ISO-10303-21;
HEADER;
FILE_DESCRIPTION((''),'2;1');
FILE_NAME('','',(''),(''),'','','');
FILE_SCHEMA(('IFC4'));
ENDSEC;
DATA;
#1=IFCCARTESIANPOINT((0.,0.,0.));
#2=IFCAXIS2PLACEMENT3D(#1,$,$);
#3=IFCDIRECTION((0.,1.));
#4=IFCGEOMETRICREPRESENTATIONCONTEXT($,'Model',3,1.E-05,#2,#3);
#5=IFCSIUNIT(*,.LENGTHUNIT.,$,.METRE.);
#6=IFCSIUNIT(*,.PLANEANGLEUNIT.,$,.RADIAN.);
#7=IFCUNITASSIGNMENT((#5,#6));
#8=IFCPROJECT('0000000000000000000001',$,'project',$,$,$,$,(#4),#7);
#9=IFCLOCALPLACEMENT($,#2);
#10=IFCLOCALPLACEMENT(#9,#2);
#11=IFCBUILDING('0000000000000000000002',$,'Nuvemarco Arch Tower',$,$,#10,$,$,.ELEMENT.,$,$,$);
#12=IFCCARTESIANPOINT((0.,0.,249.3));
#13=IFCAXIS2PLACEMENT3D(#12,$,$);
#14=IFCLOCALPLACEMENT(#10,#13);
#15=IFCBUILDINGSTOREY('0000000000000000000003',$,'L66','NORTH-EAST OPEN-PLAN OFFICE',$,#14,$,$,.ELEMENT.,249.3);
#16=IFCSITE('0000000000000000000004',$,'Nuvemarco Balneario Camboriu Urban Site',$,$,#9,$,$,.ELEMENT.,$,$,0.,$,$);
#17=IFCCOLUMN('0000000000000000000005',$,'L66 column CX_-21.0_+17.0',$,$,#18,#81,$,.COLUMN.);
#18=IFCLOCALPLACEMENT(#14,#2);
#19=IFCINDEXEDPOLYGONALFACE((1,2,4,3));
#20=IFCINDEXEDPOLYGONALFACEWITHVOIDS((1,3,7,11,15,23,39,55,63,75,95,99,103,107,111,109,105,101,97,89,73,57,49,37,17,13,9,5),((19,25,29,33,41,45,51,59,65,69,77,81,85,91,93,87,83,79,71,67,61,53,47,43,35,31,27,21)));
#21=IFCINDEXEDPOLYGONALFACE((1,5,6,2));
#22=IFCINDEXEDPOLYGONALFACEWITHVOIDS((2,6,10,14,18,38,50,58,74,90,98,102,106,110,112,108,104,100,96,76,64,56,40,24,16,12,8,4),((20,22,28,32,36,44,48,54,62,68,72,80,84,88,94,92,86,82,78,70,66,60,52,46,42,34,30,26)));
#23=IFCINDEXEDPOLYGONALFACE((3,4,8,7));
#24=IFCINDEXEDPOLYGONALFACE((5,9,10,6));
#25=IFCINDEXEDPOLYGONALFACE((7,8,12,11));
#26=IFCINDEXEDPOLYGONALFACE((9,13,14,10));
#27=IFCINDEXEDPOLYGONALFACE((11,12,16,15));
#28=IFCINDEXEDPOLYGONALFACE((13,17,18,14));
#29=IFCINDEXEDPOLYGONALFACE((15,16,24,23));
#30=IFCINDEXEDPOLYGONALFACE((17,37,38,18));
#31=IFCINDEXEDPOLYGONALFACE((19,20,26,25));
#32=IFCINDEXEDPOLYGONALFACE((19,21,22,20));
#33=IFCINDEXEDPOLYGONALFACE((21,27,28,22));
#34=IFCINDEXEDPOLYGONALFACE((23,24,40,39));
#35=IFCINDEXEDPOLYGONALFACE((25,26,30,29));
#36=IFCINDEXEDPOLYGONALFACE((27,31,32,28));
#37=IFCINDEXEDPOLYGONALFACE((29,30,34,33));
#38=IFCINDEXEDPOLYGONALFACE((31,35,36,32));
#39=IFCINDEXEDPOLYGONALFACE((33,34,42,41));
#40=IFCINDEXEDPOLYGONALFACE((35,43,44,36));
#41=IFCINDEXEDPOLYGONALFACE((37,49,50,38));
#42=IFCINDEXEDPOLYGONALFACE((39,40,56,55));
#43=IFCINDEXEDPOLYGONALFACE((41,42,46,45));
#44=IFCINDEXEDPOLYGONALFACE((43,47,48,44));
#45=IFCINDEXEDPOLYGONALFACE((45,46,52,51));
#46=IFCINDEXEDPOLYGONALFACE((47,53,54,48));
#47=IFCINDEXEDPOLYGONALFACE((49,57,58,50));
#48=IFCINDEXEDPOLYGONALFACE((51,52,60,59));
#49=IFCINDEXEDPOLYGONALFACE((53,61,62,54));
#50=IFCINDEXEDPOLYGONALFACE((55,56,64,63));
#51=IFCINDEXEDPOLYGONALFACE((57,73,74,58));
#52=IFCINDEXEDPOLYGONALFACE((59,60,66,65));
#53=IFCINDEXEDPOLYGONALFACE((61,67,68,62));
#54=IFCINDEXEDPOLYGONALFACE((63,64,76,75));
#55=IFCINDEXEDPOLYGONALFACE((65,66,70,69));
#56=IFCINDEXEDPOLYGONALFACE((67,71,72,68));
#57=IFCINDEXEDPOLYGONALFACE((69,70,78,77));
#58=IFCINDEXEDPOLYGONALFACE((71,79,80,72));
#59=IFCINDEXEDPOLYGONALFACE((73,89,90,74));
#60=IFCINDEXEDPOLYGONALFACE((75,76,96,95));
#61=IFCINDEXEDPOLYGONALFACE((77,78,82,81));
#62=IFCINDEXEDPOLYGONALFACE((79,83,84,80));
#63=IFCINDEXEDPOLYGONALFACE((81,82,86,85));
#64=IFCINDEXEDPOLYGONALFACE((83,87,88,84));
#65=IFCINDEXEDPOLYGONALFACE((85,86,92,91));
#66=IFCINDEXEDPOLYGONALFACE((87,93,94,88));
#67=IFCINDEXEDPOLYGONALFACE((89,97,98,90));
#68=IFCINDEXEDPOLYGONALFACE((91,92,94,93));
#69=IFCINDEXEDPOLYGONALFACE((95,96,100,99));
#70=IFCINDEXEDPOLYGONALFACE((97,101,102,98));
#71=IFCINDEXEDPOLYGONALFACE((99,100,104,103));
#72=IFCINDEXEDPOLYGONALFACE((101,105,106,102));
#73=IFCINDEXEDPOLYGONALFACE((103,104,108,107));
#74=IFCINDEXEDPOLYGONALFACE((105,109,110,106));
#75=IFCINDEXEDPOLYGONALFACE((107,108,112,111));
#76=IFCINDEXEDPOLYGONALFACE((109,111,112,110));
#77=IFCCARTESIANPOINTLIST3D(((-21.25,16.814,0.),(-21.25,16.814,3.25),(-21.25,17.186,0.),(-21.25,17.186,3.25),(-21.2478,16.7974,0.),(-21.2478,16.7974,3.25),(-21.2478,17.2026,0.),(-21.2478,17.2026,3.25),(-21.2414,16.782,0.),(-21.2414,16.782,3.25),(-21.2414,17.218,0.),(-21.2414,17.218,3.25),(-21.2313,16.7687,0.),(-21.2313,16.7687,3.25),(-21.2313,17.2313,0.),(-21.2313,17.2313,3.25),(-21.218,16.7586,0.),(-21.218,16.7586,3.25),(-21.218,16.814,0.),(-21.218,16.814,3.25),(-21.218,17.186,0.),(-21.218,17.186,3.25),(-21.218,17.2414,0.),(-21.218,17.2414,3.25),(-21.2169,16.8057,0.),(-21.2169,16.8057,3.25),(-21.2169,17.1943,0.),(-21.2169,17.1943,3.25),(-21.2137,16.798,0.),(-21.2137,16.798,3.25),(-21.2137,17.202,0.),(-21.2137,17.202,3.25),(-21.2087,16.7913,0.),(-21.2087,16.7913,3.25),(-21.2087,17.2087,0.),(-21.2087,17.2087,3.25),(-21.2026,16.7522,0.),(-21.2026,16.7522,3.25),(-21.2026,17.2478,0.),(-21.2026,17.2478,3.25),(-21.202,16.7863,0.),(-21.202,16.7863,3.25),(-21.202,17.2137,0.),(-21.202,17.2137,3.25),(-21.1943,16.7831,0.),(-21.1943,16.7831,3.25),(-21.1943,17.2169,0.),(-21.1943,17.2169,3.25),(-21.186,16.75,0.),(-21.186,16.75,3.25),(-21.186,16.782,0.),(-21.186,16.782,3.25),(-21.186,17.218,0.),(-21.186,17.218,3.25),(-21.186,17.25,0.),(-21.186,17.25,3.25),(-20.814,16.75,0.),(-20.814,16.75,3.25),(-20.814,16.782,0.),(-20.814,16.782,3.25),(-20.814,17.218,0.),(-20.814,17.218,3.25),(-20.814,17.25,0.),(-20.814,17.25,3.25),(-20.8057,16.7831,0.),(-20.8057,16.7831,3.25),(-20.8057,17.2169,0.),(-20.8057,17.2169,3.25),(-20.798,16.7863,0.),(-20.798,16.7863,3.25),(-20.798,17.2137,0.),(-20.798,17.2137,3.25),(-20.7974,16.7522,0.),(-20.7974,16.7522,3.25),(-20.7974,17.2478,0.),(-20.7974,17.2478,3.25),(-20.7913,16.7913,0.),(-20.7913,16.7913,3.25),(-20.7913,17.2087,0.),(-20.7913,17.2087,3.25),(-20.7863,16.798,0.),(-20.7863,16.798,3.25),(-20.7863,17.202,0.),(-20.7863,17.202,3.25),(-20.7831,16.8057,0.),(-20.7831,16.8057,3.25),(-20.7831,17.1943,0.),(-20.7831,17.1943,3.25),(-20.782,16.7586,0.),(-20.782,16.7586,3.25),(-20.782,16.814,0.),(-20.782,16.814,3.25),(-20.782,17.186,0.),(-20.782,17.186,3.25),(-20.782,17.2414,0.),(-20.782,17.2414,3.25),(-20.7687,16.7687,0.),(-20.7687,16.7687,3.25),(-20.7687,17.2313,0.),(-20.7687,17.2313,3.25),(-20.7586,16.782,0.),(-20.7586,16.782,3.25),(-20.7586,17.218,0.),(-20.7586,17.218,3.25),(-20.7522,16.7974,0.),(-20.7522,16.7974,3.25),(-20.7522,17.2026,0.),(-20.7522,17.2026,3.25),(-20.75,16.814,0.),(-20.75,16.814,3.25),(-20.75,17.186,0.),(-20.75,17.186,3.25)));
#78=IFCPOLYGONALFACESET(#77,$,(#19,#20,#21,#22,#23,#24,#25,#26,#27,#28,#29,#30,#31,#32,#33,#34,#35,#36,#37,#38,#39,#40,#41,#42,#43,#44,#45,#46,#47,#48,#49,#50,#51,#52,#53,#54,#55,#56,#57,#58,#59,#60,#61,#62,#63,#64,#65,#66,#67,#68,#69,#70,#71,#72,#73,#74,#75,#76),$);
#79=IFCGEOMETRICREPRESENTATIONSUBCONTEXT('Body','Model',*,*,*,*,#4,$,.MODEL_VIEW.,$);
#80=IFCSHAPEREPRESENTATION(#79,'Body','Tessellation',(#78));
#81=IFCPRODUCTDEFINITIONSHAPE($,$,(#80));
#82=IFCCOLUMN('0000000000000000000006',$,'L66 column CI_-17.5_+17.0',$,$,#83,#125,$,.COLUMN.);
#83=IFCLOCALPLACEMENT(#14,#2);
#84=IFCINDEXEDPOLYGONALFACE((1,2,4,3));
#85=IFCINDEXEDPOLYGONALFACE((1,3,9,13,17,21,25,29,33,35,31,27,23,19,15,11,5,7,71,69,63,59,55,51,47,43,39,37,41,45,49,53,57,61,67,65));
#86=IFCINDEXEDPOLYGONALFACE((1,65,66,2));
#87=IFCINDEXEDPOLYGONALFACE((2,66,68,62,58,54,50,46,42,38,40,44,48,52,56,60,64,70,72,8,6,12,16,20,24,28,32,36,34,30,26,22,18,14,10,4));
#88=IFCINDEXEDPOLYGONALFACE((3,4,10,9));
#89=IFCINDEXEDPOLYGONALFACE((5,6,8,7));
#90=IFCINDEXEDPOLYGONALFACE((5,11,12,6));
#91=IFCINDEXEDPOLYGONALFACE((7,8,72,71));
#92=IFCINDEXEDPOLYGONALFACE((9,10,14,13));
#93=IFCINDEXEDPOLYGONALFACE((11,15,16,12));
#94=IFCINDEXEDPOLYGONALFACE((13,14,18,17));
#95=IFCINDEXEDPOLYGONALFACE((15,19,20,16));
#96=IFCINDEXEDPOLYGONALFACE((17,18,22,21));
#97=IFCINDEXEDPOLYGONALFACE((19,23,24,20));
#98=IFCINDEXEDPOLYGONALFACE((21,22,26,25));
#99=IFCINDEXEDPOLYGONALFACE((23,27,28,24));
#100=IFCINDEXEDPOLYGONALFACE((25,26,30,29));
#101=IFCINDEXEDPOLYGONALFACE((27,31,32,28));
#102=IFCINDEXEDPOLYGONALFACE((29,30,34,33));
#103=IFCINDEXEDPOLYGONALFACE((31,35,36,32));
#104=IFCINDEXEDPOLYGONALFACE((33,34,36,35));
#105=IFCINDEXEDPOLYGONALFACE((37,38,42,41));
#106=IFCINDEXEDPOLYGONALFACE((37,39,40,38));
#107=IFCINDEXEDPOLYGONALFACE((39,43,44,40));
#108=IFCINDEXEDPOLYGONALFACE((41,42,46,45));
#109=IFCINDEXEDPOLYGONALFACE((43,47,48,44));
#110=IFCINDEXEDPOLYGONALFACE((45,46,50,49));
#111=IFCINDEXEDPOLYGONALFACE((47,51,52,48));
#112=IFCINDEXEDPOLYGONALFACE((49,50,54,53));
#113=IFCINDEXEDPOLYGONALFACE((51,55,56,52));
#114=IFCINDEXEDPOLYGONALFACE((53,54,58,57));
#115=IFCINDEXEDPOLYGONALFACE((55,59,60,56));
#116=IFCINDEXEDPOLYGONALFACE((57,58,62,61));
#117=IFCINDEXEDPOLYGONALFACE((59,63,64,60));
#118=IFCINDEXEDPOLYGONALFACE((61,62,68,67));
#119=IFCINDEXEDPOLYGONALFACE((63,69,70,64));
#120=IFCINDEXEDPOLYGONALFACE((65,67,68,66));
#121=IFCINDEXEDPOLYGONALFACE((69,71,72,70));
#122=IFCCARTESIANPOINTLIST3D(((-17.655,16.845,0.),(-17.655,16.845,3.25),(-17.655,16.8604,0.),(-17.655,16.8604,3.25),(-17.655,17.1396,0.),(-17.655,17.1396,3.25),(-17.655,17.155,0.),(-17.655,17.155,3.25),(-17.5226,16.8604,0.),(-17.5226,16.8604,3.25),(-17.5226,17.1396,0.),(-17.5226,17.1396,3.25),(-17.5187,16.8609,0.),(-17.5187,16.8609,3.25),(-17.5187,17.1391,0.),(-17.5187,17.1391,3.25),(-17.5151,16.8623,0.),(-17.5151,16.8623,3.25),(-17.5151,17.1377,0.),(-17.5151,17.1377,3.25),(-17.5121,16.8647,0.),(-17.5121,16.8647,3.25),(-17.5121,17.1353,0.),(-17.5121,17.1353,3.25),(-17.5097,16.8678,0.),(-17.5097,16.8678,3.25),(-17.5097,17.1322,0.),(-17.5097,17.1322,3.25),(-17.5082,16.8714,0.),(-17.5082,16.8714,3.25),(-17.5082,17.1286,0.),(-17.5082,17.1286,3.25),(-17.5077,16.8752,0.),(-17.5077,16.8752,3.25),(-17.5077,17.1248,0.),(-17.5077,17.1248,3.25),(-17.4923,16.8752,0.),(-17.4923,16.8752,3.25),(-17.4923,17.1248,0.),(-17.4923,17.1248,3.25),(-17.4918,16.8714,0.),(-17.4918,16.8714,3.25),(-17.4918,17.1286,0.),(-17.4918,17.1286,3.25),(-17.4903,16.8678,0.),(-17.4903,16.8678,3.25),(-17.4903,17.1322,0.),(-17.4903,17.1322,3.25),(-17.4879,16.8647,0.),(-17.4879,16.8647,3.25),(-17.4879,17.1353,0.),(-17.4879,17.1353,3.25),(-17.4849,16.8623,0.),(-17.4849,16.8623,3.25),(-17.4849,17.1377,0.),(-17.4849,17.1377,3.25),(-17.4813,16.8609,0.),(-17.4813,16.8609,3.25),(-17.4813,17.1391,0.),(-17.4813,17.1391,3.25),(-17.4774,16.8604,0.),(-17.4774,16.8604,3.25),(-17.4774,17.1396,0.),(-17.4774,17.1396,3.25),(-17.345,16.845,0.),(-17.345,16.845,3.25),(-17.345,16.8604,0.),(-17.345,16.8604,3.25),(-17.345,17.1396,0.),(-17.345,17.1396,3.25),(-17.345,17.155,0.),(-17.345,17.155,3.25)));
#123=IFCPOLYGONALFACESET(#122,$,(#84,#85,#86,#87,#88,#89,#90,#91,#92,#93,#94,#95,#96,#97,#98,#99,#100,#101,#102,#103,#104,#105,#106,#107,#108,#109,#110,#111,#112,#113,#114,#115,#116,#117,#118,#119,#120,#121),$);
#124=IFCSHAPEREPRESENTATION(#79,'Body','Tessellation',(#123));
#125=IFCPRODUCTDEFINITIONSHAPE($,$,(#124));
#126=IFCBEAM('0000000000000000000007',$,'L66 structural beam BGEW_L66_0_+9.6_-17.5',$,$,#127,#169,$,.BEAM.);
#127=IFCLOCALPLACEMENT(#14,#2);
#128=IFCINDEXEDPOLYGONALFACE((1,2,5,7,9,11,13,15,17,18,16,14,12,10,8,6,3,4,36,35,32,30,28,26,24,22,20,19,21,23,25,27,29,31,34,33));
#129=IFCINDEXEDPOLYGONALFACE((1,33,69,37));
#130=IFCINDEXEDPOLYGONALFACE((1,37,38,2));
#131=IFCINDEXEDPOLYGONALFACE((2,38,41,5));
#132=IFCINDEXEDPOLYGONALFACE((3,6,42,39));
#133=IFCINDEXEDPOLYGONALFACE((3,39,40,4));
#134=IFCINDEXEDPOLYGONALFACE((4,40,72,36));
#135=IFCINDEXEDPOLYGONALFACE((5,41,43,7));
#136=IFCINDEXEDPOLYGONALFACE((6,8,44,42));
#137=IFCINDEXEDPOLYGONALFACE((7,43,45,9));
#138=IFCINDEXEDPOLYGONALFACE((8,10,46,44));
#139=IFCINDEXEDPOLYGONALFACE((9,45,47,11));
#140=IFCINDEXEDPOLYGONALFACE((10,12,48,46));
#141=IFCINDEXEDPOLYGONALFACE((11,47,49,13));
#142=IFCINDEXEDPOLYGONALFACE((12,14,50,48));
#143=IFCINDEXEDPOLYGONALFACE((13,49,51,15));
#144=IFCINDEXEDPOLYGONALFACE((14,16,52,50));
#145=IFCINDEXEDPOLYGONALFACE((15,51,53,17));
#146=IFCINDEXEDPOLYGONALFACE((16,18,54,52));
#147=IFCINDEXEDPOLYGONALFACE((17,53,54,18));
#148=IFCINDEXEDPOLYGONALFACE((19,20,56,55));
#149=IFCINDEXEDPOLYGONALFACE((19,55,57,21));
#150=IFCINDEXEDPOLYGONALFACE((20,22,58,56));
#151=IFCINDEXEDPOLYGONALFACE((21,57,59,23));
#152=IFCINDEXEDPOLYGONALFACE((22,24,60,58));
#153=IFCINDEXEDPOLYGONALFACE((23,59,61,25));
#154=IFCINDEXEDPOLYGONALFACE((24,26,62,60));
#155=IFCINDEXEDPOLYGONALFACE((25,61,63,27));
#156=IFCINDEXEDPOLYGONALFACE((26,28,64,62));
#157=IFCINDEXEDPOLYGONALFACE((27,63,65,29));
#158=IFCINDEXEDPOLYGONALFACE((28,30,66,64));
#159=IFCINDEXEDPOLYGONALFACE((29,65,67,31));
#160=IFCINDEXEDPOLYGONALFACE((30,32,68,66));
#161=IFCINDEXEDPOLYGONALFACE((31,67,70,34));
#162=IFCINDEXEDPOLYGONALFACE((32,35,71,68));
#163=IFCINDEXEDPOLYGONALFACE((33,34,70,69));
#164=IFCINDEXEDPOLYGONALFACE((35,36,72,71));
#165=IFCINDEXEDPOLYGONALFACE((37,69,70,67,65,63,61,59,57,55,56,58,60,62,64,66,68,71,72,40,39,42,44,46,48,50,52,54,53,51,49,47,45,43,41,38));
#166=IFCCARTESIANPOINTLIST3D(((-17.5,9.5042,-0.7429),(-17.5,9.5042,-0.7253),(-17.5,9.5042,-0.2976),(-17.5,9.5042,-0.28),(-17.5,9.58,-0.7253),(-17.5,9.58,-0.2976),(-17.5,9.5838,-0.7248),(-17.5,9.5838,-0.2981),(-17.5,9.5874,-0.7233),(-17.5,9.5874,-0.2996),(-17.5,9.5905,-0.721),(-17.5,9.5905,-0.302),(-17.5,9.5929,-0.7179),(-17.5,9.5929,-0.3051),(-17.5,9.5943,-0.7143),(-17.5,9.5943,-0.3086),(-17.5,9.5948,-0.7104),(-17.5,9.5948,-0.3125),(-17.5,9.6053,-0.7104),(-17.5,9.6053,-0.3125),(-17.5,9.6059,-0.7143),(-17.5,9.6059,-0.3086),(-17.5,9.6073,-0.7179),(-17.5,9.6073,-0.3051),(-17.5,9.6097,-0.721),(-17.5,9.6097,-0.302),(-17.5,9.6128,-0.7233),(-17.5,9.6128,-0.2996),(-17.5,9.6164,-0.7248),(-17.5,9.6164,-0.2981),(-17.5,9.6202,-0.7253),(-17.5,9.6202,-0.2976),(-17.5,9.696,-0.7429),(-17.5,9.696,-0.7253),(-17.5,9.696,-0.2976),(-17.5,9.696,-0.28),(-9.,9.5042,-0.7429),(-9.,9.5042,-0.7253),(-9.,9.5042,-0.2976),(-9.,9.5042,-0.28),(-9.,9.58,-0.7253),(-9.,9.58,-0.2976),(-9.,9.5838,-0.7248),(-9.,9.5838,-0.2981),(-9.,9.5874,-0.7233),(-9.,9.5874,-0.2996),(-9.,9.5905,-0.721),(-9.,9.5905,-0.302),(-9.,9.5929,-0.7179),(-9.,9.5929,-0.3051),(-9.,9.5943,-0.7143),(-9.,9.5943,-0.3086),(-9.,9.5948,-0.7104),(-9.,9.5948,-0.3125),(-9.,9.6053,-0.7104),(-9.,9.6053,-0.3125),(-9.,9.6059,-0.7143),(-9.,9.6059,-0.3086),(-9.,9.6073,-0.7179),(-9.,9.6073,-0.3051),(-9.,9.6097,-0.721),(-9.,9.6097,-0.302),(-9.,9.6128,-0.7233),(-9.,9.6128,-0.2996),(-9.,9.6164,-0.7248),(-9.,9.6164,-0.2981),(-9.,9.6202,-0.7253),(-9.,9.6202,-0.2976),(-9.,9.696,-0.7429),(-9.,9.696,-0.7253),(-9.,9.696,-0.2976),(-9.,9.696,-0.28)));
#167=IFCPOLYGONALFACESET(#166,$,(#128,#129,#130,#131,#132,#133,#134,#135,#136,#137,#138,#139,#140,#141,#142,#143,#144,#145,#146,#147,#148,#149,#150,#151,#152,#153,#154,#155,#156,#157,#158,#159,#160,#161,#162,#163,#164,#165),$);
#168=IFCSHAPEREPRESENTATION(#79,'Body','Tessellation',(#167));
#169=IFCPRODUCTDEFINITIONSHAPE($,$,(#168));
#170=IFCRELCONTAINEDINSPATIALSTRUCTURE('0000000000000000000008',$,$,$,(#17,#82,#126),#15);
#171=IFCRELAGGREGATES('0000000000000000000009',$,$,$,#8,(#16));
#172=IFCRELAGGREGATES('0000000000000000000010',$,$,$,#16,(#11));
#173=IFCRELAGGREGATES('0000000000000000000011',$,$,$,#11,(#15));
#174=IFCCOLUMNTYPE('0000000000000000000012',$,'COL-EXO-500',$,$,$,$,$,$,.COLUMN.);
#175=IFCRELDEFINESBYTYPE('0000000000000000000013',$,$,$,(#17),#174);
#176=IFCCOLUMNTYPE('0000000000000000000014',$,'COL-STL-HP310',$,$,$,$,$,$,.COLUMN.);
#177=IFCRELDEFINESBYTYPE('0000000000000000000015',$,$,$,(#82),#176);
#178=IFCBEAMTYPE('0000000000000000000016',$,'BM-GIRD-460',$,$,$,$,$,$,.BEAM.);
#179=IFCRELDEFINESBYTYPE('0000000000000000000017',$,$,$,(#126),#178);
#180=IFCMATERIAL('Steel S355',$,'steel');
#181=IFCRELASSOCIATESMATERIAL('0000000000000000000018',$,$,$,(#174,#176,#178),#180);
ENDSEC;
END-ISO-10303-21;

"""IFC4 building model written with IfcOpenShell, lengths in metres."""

from ifc_helpers import new_model, si_unit, direction, frame, origin, origin_2d, place, context, subcontext, project, spatial, hollow_rectangle, i_section, extrude, material, material_profile, profile_set, type_object, element, save


model = new_model("IFC4")

# Units and contexts
model_context = context("Model", 3, precision=1e-05, world=origin(), true_north=direction((0.0, 1.0)))
body_context = subcontext(model_context, "Body", "Model", "MODEL_VIEW")
ifc_project = project(units=[si_unit("LENGTHUNIT", "METRE"), si_unit("PLANEANGLEUNIT", "RADIAN")], contexts=[model_context])

# Site, building, storey
site_placement = place(None, origin())
site = spatial("IfcSite", under=ifc_project, at=site_placement, Name="Nuvemarco Balneario Camboriu Urban Site", CompositionType="ELEMENT", RefElevation=0.0)
building_placement = place(site_placement, origin())
building = spatial("IfcBuilding", under=site, at=building_placement, Name="Nuvemarco Arch Tower", CompositionType="ELEMENT")
storey_placement = place(building_placement, frame((0.0, 0.0, 249.3)))
storey = spatial("IfcBuildingStorey", under=building, at=storey_placement, Name="L66", Description="NORTH-EAST OPEN-PLAN OFFICE", CompositionType="ELEMENT", Elevation=249.3)

# Columns
ifc_material_1 = material(Name="Steel S355", Category="steel")
ifc_material_profile_1 = material_profile(ifc_material_1, hollow_rectangle(XDim=0.5, YDim=0.5, WallThickness=0.032, InnerFilletRadius=0.032, OuterFilletRadius=0.064, at=origin_2d()), Name="SHS500x500x32")
ifc_profile_set_1 = profile_set([ifc_material_profile_1], Name="Steel S355")
column_type_1 = type_object("IfcColumnType", Name="COL-EXO-500", PredefinedType="COLUMN", material=ifc_profile_set_1)
column_1_placement = place(storey_placement, frame((-21.0, 17.0, 0.0), z_axis=(0.0, 0.0, 1.0), x_axis=(1.0, 0.0, 0.0)))
element("IfcColumn", 1, at=column_1_placement, inside=storey, type_object=column_type_1, Name="L66 column CX_-21.0_+17.0", PredefinedType="COLUMN", context=body_context, shape_type="SweptSolid", body=[
    extrude(hollow_rectangle(XDim=0.5, YDim=0.5, WallThickness=0.032, InnerFilletRadius=0.032, OuterFilletRadius=0.064, at=origin_2d()), origin(), (0.0, 0.0, 1.0), 3.25),
])
ifc_material_profile_2 = material_profile(ifc_material_1, i_section(OverallWidth=0.3101, OverallDepth=0.3101, WebThickness=0.0154, FlangeThickness=0.0154, FilletRadius=0.0149, at=origin_2d()), Name="HP310x110")
ifc_profile_set_2 = profile_set([ifc_material_profile_2], Name="Steel S355")
column_type_2 = type_object("IfcColumnType", Name="COL-STL-HP310", PredefinedType="COLUMN", material=ifc_profile_set_2)
column_2_placement = place(storey_placement, frame((-17.5, 17.0, 0.0), z_axis=(0.0, 0.0, 1.0), x_axis=(1.0, 0.0, 0.0)))
element("IfcColumn", 2, at=column_2_placement, inside=storey, type_object=column_type_2, Name="L66 column CI_-17.5_+17.0", PredefinedType="COLUMN", context=body_context, shape_type="SweptSolid", body=[
    extrude(i_section(OverallWidth=0.3101, OverallDepth=0.3101, WebThickness=0.0154, FlangeThickness=0.0154, FilletRadius=0.0149, at=origin_2d()), origin(), (0.0, 0.0, 1.0), 3.25),
])

# Beam
ifc_material_profile_3 = material_profile(ifc_material_1, i_section(OverallWidth=0.1919, OverallDepth=0.4629, WebThickness=0.0105, FlangeThickness=0.0176, FilletRadius=0.0149, at=origin_2d()), Name="W460x89")
ifc_profile_set_3 = profile_set([ifc_material_profile_3], Name="Steel S355")
beam_type_1 = type_object("IfcBeamType", Name="BM-GIRD-460", PredefinedType="BEAM", material=ifc_profile_set_3)
beam_1_placement = place(storey_placement, frame((-17.5, 9.6001, -0.5115), z_axis=(1.0, 0.0, 0.0), x_axis=(0.0, 1.0, 0.0)))
element("IfcBeam", 3, at=beam_1_placement, inside=storey, type_object=beam_type_1, Name="L66 structural beam BGEW_L66_0_+9.6_-17.5", PredefinedType="BEAM", context=body_context, shape_type="SweptSolid", body=[
    extrude(i_section(OverallWidth=0.1919, OverallDepth=0.4629, WebThickness=0.0105, FlangeThickness=0.0176, FilletRadius=0.0149, at=origin_2d()), origin(), (0.0, 0.0, 1.0), 8.5),
])

save(model, "model.ifc")
